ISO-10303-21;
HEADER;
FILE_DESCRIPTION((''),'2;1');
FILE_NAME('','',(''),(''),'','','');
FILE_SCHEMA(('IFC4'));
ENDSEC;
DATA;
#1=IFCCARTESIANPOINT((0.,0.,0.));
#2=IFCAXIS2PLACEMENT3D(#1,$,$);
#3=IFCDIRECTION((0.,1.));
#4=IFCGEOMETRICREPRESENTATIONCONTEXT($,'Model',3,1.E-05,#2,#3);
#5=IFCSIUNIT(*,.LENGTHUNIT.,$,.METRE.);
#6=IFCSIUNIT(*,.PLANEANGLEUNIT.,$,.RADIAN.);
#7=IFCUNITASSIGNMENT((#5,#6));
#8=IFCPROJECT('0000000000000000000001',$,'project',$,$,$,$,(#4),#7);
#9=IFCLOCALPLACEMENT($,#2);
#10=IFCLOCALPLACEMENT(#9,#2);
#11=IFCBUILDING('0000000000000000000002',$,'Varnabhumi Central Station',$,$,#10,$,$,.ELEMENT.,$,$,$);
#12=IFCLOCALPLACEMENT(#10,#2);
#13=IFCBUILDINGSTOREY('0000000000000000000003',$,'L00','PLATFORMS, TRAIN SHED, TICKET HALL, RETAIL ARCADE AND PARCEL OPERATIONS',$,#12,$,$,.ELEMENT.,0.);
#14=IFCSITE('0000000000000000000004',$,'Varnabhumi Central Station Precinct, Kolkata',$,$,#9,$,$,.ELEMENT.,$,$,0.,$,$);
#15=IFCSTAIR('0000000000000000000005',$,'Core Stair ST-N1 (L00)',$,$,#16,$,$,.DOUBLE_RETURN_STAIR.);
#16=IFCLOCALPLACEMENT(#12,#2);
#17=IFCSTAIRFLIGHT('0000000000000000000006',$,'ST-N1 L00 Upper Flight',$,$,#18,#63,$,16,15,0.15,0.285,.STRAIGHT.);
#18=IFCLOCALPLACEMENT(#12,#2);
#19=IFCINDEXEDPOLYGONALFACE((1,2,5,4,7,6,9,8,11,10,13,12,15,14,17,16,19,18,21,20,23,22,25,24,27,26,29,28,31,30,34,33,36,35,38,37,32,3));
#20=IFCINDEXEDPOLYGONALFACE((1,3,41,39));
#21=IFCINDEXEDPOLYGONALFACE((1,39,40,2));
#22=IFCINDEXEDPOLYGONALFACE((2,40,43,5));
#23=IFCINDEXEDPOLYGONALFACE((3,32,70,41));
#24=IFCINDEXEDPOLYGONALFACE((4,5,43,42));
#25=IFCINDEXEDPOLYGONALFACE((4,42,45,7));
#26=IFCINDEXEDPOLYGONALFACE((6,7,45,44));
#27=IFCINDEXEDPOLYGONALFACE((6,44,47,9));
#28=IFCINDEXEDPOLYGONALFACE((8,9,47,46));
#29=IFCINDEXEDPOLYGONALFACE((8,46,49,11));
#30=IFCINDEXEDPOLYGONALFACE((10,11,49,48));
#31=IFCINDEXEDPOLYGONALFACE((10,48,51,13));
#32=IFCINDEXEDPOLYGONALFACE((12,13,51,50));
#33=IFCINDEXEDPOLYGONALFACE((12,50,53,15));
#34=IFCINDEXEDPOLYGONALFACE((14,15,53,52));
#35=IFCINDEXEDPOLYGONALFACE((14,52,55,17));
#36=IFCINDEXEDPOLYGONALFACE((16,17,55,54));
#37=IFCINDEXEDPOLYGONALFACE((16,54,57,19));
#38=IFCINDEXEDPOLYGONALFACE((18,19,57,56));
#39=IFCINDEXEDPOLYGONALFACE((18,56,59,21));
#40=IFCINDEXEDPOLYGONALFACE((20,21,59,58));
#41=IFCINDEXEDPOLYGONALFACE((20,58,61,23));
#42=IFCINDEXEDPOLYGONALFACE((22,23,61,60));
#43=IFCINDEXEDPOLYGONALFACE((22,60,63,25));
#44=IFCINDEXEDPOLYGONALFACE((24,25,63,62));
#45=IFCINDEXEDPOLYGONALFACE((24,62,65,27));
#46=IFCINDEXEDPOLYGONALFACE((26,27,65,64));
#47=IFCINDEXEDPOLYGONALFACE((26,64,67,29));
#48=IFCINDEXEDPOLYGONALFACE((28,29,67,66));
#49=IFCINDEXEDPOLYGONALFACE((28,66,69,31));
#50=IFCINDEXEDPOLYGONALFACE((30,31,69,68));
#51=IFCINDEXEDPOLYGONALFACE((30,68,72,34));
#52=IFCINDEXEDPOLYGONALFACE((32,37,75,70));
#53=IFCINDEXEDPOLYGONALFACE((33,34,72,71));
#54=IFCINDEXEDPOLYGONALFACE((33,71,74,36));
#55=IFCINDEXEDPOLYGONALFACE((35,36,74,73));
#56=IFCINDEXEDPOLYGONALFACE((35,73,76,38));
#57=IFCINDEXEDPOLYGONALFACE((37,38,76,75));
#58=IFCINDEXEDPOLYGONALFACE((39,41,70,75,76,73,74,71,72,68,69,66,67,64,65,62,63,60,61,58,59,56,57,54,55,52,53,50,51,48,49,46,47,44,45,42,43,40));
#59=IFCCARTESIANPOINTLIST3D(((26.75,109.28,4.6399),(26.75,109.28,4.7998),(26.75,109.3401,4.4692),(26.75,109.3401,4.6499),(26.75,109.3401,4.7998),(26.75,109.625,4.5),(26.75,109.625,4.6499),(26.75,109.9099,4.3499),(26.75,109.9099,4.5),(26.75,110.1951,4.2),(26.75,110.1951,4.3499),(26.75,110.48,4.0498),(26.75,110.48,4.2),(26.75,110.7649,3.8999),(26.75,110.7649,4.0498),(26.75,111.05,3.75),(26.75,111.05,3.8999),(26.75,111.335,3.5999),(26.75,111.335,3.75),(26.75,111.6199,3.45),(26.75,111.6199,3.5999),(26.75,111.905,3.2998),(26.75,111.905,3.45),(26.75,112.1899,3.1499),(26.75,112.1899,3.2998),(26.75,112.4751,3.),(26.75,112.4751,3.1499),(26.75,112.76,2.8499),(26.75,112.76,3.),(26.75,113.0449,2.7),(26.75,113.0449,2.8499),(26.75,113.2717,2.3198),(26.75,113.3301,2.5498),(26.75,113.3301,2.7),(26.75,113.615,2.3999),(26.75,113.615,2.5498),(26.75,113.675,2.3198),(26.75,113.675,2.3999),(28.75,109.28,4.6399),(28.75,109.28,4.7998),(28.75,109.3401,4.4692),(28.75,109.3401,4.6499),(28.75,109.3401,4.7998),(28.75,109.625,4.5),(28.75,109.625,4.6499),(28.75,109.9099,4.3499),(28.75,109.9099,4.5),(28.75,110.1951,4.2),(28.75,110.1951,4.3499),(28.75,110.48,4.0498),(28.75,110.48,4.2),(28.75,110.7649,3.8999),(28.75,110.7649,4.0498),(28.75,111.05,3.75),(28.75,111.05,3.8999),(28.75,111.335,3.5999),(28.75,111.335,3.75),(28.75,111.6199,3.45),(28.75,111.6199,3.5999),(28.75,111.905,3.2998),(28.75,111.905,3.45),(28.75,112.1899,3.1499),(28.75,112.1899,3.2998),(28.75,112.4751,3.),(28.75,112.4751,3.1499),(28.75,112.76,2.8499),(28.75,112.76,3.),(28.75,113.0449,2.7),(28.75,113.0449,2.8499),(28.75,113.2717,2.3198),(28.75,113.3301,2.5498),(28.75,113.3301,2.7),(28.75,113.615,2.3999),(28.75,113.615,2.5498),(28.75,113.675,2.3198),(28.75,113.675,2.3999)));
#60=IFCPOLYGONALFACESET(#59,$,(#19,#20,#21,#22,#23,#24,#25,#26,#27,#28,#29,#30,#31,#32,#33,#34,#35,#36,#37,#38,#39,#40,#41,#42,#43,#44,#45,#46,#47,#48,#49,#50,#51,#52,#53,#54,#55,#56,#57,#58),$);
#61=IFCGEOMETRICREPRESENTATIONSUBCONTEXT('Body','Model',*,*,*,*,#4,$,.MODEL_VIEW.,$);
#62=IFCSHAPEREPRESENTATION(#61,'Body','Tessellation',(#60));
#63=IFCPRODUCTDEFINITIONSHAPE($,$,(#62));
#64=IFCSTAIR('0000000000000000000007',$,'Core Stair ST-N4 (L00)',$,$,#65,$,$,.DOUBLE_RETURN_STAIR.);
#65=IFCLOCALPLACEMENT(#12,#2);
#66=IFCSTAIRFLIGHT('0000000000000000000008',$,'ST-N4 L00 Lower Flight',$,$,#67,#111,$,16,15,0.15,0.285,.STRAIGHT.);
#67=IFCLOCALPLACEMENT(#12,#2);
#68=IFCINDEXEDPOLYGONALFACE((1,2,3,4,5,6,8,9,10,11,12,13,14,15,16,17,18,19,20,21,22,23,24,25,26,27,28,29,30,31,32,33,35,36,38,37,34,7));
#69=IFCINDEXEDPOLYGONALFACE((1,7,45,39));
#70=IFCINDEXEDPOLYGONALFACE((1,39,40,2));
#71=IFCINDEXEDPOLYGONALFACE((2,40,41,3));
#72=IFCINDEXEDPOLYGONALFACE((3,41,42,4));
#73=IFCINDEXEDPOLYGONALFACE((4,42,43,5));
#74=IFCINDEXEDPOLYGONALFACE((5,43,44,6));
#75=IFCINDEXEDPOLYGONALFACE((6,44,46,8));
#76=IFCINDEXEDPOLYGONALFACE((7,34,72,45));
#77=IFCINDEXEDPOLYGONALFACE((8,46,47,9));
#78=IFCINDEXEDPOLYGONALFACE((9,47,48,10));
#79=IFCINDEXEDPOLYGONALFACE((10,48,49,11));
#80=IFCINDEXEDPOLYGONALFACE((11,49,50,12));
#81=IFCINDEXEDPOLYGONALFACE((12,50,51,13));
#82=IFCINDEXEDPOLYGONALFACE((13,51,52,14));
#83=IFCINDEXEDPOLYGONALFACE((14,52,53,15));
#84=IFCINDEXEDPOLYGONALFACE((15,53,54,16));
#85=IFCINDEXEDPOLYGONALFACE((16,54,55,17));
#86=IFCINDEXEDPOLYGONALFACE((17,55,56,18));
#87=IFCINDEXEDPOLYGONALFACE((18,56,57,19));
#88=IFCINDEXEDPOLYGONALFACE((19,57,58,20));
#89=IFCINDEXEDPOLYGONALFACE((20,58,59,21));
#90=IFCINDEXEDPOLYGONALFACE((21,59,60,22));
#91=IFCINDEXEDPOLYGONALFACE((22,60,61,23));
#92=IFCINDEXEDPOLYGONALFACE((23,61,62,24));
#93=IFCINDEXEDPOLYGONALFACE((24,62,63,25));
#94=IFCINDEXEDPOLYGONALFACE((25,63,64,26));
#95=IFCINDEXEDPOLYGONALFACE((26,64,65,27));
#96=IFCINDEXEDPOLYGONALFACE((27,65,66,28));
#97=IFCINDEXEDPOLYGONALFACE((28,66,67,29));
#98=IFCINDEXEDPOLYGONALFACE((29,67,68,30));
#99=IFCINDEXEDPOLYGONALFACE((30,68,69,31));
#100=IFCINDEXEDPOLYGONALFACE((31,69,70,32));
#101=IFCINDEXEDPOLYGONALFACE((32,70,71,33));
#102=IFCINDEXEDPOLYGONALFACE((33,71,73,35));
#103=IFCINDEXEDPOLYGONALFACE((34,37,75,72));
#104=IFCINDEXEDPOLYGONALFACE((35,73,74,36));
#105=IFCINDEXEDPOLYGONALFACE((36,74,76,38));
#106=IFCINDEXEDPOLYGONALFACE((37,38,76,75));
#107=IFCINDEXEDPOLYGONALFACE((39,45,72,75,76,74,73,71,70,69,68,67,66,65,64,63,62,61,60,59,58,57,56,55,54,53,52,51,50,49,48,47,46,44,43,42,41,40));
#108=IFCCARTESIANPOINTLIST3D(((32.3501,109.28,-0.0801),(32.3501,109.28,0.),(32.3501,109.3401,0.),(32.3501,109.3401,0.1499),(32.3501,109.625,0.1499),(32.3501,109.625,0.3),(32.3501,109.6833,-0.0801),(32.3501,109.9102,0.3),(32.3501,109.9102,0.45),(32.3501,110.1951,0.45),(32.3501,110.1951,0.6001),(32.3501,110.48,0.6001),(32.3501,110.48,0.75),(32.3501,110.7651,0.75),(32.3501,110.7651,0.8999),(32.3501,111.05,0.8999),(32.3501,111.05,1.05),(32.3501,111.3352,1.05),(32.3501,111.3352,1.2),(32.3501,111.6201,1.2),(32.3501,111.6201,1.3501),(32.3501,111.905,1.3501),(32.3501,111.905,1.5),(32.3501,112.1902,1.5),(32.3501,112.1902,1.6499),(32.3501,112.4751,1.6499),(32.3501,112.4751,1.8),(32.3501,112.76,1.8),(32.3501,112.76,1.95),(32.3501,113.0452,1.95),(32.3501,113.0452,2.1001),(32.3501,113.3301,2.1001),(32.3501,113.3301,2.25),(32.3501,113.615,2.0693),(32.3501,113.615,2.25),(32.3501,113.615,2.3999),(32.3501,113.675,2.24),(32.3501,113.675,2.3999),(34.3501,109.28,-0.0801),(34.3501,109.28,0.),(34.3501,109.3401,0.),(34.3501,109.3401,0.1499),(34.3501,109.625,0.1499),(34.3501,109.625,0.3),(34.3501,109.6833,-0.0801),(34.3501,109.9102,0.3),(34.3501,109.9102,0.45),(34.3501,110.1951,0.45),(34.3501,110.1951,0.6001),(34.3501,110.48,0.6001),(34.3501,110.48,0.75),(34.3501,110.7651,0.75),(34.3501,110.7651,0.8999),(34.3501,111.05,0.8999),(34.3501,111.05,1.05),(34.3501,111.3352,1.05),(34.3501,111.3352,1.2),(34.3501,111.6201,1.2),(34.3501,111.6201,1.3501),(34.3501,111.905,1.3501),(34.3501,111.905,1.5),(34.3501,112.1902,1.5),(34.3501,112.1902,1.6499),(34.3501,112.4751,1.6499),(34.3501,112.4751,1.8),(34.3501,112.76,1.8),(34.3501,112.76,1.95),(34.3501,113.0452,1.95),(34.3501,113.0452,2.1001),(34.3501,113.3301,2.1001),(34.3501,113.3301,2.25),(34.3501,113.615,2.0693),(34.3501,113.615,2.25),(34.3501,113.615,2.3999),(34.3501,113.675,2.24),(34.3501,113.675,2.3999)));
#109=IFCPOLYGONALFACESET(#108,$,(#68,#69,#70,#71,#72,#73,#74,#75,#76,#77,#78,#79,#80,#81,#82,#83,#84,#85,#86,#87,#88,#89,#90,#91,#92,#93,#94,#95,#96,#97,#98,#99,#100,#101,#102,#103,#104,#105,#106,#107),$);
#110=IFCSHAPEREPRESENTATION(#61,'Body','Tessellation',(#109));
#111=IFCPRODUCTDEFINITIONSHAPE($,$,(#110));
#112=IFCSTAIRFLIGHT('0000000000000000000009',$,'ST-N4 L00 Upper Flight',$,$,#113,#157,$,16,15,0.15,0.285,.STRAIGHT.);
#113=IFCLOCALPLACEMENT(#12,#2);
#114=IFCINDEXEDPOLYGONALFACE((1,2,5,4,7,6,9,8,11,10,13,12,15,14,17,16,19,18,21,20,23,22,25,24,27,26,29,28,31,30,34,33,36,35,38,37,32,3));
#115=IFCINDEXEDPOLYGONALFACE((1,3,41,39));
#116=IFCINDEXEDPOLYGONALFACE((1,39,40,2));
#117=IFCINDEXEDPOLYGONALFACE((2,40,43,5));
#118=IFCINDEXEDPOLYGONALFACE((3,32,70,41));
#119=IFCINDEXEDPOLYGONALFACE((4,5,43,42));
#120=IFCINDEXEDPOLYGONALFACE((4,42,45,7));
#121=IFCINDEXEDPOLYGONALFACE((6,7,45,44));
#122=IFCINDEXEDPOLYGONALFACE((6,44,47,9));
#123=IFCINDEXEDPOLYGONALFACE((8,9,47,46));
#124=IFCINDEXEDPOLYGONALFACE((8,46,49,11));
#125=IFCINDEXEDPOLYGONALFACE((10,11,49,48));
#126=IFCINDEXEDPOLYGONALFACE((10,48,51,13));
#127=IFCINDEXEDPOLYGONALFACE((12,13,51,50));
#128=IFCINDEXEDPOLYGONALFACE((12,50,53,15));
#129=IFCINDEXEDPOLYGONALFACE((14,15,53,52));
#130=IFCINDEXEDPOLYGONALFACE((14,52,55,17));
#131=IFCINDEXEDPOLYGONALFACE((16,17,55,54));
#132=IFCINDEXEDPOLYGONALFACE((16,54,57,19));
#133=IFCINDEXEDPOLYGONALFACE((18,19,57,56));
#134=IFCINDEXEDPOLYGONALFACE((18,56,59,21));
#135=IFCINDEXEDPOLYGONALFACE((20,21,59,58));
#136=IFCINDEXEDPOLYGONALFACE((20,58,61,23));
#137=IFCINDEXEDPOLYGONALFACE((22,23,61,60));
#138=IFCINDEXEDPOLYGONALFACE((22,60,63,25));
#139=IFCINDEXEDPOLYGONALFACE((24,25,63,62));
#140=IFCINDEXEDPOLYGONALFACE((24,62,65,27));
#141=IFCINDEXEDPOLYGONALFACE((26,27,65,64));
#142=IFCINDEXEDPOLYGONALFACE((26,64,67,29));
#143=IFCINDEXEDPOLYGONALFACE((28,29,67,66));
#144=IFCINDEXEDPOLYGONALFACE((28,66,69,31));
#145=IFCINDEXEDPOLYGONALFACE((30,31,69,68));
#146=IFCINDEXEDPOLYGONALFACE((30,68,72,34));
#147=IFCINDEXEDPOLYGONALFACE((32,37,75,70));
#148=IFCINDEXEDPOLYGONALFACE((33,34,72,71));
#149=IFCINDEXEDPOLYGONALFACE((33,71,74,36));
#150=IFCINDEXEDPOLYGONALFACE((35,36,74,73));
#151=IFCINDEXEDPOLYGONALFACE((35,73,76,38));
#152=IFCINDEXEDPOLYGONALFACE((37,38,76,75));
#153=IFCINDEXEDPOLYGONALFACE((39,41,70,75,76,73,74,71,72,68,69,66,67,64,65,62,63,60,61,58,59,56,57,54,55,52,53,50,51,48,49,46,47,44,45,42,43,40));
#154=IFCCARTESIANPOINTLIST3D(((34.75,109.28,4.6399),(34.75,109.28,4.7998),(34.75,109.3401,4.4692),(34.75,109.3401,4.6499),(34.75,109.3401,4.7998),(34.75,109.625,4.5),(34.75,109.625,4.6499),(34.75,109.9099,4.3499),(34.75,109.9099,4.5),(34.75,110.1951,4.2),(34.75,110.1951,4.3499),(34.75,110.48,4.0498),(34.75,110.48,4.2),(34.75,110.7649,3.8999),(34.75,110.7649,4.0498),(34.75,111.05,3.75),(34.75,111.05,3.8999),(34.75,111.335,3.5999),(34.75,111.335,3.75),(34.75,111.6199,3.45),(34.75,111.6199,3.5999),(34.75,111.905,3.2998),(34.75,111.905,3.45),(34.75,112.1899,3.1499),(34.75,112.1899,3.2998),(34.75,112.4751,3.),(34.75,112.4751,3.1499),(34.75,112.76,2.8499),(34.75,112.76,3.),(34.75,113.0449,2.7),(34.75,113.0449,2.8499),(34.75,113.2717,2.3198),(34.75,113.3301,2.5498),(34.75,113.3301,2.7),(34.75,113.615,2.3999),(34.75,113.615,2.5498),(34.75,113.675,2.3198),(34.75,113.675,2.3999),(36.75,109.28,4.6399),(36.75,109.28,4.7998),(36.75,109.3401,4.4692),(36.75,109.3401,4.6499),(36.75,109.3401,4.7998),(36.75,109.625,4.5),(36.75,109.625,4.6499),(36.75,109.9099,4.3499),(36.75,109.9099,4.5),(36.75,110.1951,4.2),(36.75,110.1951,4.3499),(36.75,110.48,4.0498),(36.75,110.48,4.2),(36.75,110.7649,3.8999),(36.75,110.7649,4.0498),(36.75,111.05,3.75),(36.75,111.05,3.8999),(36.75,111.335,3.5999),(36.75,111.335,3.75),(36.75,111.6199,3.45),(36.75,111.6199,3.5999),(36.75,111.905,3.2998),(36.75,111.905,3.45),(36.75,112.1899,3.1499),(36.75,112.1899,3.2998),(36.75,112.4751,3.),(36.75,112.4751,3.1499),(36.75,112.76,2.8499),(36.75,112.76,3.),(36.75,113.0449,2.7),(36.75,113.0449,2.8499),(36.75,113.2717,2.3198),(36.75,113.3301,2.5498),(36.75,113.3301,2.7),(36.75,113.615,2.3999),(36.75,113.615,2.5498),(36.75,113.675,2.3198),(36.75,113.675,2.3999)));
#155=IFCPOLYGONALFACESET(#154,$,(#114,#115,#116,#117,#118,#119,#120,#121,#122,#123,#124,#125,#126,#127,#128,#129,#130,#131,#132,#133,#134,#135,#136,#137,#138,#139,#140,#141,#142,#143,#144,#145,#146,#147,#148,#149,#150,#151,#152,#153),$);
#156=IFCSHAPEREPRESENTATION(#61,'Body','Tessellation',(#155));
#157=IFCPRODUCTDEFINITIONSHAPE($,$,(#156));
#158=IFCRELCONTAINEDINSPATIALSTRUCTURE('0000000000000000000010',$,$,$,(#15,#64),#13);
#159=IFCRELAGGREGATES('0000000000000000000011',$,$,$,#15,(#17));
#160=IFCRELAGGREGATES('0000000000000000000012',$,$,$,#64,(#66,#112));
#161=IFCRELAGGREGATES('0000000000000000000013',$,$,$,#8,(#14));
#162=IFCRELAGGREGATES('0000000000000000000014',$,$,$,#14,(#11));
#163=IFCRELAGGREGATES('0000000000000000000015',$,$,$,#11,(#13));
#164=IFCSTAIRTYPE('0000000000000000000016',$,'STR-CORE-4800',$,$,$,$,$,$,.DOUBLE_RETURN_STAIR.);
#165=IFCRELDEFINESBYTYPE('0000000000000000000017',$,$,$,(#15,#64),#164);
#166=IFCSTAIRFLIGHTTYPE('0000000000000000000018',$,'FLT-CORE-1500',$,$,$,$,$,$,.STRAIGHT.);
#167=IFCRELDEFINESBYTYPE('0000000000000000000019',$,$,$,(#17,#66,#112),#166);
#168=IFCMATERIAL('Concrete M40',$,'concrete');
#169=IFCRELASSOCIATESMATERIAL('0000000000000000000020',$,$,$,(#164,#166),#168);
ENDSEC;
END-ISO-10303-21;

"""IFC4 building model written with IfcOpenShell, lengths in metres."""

from ifc_helpers import new_model, si_unit, direction, frame, origin, place, context, subcontext, project, spatial, polyline, outline, extrude, material, type_object, element, aggregate, save


model = new_model("IFC4")

# Units and contexts
model_context = context("Model", 3, precision=1e-05, world=origin(), true_north=direction((0.0, 1.0)))
body_context = subcontext(model_context, "Body", "Model", "MODEL_VIEW")
ifc_project = project(units=[si_unit("LENGTHUNIT", "METRE"), si_unit("PLANEANGLEUNIT", "RADIAN")], contexts=[model_context])

# Site, building, storey
site_placement = place(None, origin())
site = spatial("IfcSite", under=ifc_project, at=site_placement, Name="Varnabhumi Central Station Precinct, Kolkata", CompositionType="ELEMENT", RefElevation=0.0)
building_placement = place(site_placement, origin())
building = spatial("IfcBuilding", under=site, at=building_placement, Name="Varnabhumi Central Station", CompositionType="ELEMENT")
storey_placement = place(building_placement, origin())
storey = spatial("IfcBuildingStorey", under=building, at=storey_placement, Name="L00", Description="PLATFORMS, TRAIN SHED, TICKET HALL, RETAIL ARCADE AND PARCEL OPERATIONS", CompositionType="ELEMENT", Elevation=0.0)

# Shared definitions
ifc_material_1 = material(Name="Concrete M40", Category="concrete")

# Stair, stair flight
stair_type = type_object("IfcStairType", Name="STR-CORE-4800", PredefinedType="DOUBLE_RETURN_STAIR", material=ifc_material_1)
stair_1_placement = place(storey_placement, origin())
stair_1 = element("IfcStair", 1, at=stair_1_placement, inside=storey, type_object=stair_type, Name="Core Stair ST-N1 (L00)", PredefinedType="DOUBLE_RETURN_STAIR")
stair_flight_type = type_object("IfcStairFlightType", Name="FLT-CORE-1500", PredefinedType="STRAIGHT", material=ifc_material_1)
stair_flight_1_placement = place(storey_placement, frame((27.75, 113.615, 2.3999), z_axis=(0.0, 0.0, 1.0), x_axis=(0.0, -1.0, 0.0)))
stair_flight_1 = element("IfcStairFlight", 2, at=stair_flight_1_placement, type_object=stair_flight_type, Name="ST-N1 L00 Upper Flight", NumberOfRisers=16, NumberOfTreads=15, PredefinedType="STRAIGHT", RiserHeight=0.15, TreadLength=0.285, context=body_context, shape_type="SweptSolid", body=[
    extrude(outline(polyline([(-0.0601, -0.0801), (-0.0601, 0.0), (0.0, 0.0), (0.0, 0.1499), (0.2849, 0.1499), (0.2849, 0.3), (0.5701, 0.3), (0.5701, 0.45), (0.855, 0.45), (0.855, 0.6001), (1.1399, 0.6001), (1.1399, 0.75), (1.425, 0.75), (1.425, 0.8999), (1.71, 0.8999), (1.71, 1.05), (1.9951, 1.05), (1.9951, 1.2), (2.28, 1.2), (2.28, 1.3501), (2.5649, 1.3501), (2.5649, 1.5), (2.8501, 1.5), (2.8501, 1.6499), (3.135, 1.6499), (3.135, 1.8), (3.4199, 1.8), (3.4199, 1.95), (3.7051, 1.95), (3.7051, 2.1001), (3.99, 2.1001), (3.99, 2.25), (4.2749, 2.25), (4.2749, 2.3999), (4.335, 2.3999), (4.335, 2.24), (4.2749, 2.0693), (0.3433, -0.0801), (-0.0601, -0.0801)])), frame((0.0, 1.0, 0.0), z_axis=(0.0, -1.0, 0.0), x_axis=(1.0, 0.0, 0.0)), (0.0, 0.0, 1.0), 2.0),
])
aggregate(stair_1, [stair_flight_1])

# Stair, stair flights
stair_2_placement = place(storey_placement, origin())
stair_2 = element("IfcStair", 3, at=stair_2_placement, inside=storey, type_object=stair_type, Name="Core Stair ST-N4 (L00)", PredefinedType="DOUBLE_RETURN_STAIR")
stair_flight_2_placement = place(storey_placement, frame((33.3501, 109.3401, 0.0), z_axis=(0.0, 0.0, 1.0), x_axis=(0.0, 1.0, 0.0)))
stair_flight_2 = element("IfcStairFlight", 4, at=stair_flight_2_placement, type_object=stair_flight_type, Name="ST-N4 L00 Lower Flight", NumberOfRisers=16, NumberOfTreads=15, PredefinedType="STRAIGHT", RiserHeight=0.15, TreadLength=0.285, context=body_context, shape_type="SweptSolid", body=[
    extrude(outline(polyline([(-0.0601, -0.0801), (-0.0601, 0.0), (0.0, 0.0), (0.0, 0.1499), (0.2849, 0.1499), (0.2849, 0.3), (0.5701, 0.3), (0.5701, 0.45), (0.855, 0.45), (0.855, 0.6001), (1.1399, 0.6001), (1.1399, 0.75), (1.425, 0.75), (1.425, 0.8999), (1.71, 0.8999), (1.71, 1.05), (1.9951, 1.05), (1.9951, 1.2), (2.28, 1.2), (2.28, 1.3501), (2.5649, 1.3501), (2.5649, 1.5), (2.8501, 1.5), (2.8501, 1.6499), (3.135, 1.6499), (3.135, 1.8), (3.4199, 1.8), (3.4199, 1.95), (3.7051, 1.95), (3.7051, 2.1001), (3.99, 2.1001), (3.99, 2.25), (4.2749, 2.25), (4.2749, 2.3999), (4.335, 2.3999), (4.335, 2.24), (4.2749, 2.0693), (0.3433, -0.0801), (-0.0601, -0.0801)])), frame((0.0, 1.0, 0.0), z_axis=(0.0, -1.0, 0.0), x_axis=(1.0, 0.0, 0.0)), (0.0, 0.0, 1.0), 2.0),
])
stair_flight_3_placement = place(storey_placement, frame((35.75, 113.615, 2.3999), z_axis=(0.0, 0.0, 1.0), x_axis=(0.0, -1.0, 0.0)))
stair_flight_3 = element("IfcStairFlight", 5, at=stair_flight_3_placement, type_object=stair_flight_type, Name="ST-N4 L00 Upper Flight", NumberOfRisers=16, NumberOfTreads=15, PredefinedType="STRAIGHT", RiserHeight=0.15, TreadLength=0.285, context=body_context, shape_type="SweptSolid", body=[
    extrude(outline(polyline([(-0.0601, -0.0801), (-0.0601, 0.0), (0.0, 0.0), (0.0, 0.1499), (0.2849, 0.1499), (0.2849, 0.3), (0.5701, 0.3), (0.5701, 0.45), (0.855, 0.45), (0.855, 0.6001), (1.1399, 0.6001), (1.1399, 0.75), (1.425, 0.75), (1.425, 0.8999), (1.71, 0.8999), (1.71, 1.05), (1.9951, 1.05), (1.9951, 1.2), (2.28, 1.2), (2.28, 1.3501), (2.5649, 1.3501), (2.5649, 1.5), (2.8501, 1.5), (2.8501, 1.6499), (3.135, 1.6499), (3.135, 1.8), (3.4199, 1.8), (3.4199, 1.95), (3.7051, 1.95), (3.7051, 2.1001), (3.99, 2.1001), (3.99, 2.25), (4.2749, 2.25), (4.2749, 2.3999), (4.335, 2.3999), (4.335, 2.24), (4.2749, 2.0693), (0.3433, -0.0801), (-0.0601, -0.0801)])), frame((0.0, 1.0, 0.0), z_axis=(0.0, -1.0, 0.0), x_axis=(1.0, 0.0, 0.0)), (0.0, 0.0, 1.0), 2.0),
])
aggregate(stair_2, [stair_flight_2, stair_flight_3])

save(model, "model.ifc")
